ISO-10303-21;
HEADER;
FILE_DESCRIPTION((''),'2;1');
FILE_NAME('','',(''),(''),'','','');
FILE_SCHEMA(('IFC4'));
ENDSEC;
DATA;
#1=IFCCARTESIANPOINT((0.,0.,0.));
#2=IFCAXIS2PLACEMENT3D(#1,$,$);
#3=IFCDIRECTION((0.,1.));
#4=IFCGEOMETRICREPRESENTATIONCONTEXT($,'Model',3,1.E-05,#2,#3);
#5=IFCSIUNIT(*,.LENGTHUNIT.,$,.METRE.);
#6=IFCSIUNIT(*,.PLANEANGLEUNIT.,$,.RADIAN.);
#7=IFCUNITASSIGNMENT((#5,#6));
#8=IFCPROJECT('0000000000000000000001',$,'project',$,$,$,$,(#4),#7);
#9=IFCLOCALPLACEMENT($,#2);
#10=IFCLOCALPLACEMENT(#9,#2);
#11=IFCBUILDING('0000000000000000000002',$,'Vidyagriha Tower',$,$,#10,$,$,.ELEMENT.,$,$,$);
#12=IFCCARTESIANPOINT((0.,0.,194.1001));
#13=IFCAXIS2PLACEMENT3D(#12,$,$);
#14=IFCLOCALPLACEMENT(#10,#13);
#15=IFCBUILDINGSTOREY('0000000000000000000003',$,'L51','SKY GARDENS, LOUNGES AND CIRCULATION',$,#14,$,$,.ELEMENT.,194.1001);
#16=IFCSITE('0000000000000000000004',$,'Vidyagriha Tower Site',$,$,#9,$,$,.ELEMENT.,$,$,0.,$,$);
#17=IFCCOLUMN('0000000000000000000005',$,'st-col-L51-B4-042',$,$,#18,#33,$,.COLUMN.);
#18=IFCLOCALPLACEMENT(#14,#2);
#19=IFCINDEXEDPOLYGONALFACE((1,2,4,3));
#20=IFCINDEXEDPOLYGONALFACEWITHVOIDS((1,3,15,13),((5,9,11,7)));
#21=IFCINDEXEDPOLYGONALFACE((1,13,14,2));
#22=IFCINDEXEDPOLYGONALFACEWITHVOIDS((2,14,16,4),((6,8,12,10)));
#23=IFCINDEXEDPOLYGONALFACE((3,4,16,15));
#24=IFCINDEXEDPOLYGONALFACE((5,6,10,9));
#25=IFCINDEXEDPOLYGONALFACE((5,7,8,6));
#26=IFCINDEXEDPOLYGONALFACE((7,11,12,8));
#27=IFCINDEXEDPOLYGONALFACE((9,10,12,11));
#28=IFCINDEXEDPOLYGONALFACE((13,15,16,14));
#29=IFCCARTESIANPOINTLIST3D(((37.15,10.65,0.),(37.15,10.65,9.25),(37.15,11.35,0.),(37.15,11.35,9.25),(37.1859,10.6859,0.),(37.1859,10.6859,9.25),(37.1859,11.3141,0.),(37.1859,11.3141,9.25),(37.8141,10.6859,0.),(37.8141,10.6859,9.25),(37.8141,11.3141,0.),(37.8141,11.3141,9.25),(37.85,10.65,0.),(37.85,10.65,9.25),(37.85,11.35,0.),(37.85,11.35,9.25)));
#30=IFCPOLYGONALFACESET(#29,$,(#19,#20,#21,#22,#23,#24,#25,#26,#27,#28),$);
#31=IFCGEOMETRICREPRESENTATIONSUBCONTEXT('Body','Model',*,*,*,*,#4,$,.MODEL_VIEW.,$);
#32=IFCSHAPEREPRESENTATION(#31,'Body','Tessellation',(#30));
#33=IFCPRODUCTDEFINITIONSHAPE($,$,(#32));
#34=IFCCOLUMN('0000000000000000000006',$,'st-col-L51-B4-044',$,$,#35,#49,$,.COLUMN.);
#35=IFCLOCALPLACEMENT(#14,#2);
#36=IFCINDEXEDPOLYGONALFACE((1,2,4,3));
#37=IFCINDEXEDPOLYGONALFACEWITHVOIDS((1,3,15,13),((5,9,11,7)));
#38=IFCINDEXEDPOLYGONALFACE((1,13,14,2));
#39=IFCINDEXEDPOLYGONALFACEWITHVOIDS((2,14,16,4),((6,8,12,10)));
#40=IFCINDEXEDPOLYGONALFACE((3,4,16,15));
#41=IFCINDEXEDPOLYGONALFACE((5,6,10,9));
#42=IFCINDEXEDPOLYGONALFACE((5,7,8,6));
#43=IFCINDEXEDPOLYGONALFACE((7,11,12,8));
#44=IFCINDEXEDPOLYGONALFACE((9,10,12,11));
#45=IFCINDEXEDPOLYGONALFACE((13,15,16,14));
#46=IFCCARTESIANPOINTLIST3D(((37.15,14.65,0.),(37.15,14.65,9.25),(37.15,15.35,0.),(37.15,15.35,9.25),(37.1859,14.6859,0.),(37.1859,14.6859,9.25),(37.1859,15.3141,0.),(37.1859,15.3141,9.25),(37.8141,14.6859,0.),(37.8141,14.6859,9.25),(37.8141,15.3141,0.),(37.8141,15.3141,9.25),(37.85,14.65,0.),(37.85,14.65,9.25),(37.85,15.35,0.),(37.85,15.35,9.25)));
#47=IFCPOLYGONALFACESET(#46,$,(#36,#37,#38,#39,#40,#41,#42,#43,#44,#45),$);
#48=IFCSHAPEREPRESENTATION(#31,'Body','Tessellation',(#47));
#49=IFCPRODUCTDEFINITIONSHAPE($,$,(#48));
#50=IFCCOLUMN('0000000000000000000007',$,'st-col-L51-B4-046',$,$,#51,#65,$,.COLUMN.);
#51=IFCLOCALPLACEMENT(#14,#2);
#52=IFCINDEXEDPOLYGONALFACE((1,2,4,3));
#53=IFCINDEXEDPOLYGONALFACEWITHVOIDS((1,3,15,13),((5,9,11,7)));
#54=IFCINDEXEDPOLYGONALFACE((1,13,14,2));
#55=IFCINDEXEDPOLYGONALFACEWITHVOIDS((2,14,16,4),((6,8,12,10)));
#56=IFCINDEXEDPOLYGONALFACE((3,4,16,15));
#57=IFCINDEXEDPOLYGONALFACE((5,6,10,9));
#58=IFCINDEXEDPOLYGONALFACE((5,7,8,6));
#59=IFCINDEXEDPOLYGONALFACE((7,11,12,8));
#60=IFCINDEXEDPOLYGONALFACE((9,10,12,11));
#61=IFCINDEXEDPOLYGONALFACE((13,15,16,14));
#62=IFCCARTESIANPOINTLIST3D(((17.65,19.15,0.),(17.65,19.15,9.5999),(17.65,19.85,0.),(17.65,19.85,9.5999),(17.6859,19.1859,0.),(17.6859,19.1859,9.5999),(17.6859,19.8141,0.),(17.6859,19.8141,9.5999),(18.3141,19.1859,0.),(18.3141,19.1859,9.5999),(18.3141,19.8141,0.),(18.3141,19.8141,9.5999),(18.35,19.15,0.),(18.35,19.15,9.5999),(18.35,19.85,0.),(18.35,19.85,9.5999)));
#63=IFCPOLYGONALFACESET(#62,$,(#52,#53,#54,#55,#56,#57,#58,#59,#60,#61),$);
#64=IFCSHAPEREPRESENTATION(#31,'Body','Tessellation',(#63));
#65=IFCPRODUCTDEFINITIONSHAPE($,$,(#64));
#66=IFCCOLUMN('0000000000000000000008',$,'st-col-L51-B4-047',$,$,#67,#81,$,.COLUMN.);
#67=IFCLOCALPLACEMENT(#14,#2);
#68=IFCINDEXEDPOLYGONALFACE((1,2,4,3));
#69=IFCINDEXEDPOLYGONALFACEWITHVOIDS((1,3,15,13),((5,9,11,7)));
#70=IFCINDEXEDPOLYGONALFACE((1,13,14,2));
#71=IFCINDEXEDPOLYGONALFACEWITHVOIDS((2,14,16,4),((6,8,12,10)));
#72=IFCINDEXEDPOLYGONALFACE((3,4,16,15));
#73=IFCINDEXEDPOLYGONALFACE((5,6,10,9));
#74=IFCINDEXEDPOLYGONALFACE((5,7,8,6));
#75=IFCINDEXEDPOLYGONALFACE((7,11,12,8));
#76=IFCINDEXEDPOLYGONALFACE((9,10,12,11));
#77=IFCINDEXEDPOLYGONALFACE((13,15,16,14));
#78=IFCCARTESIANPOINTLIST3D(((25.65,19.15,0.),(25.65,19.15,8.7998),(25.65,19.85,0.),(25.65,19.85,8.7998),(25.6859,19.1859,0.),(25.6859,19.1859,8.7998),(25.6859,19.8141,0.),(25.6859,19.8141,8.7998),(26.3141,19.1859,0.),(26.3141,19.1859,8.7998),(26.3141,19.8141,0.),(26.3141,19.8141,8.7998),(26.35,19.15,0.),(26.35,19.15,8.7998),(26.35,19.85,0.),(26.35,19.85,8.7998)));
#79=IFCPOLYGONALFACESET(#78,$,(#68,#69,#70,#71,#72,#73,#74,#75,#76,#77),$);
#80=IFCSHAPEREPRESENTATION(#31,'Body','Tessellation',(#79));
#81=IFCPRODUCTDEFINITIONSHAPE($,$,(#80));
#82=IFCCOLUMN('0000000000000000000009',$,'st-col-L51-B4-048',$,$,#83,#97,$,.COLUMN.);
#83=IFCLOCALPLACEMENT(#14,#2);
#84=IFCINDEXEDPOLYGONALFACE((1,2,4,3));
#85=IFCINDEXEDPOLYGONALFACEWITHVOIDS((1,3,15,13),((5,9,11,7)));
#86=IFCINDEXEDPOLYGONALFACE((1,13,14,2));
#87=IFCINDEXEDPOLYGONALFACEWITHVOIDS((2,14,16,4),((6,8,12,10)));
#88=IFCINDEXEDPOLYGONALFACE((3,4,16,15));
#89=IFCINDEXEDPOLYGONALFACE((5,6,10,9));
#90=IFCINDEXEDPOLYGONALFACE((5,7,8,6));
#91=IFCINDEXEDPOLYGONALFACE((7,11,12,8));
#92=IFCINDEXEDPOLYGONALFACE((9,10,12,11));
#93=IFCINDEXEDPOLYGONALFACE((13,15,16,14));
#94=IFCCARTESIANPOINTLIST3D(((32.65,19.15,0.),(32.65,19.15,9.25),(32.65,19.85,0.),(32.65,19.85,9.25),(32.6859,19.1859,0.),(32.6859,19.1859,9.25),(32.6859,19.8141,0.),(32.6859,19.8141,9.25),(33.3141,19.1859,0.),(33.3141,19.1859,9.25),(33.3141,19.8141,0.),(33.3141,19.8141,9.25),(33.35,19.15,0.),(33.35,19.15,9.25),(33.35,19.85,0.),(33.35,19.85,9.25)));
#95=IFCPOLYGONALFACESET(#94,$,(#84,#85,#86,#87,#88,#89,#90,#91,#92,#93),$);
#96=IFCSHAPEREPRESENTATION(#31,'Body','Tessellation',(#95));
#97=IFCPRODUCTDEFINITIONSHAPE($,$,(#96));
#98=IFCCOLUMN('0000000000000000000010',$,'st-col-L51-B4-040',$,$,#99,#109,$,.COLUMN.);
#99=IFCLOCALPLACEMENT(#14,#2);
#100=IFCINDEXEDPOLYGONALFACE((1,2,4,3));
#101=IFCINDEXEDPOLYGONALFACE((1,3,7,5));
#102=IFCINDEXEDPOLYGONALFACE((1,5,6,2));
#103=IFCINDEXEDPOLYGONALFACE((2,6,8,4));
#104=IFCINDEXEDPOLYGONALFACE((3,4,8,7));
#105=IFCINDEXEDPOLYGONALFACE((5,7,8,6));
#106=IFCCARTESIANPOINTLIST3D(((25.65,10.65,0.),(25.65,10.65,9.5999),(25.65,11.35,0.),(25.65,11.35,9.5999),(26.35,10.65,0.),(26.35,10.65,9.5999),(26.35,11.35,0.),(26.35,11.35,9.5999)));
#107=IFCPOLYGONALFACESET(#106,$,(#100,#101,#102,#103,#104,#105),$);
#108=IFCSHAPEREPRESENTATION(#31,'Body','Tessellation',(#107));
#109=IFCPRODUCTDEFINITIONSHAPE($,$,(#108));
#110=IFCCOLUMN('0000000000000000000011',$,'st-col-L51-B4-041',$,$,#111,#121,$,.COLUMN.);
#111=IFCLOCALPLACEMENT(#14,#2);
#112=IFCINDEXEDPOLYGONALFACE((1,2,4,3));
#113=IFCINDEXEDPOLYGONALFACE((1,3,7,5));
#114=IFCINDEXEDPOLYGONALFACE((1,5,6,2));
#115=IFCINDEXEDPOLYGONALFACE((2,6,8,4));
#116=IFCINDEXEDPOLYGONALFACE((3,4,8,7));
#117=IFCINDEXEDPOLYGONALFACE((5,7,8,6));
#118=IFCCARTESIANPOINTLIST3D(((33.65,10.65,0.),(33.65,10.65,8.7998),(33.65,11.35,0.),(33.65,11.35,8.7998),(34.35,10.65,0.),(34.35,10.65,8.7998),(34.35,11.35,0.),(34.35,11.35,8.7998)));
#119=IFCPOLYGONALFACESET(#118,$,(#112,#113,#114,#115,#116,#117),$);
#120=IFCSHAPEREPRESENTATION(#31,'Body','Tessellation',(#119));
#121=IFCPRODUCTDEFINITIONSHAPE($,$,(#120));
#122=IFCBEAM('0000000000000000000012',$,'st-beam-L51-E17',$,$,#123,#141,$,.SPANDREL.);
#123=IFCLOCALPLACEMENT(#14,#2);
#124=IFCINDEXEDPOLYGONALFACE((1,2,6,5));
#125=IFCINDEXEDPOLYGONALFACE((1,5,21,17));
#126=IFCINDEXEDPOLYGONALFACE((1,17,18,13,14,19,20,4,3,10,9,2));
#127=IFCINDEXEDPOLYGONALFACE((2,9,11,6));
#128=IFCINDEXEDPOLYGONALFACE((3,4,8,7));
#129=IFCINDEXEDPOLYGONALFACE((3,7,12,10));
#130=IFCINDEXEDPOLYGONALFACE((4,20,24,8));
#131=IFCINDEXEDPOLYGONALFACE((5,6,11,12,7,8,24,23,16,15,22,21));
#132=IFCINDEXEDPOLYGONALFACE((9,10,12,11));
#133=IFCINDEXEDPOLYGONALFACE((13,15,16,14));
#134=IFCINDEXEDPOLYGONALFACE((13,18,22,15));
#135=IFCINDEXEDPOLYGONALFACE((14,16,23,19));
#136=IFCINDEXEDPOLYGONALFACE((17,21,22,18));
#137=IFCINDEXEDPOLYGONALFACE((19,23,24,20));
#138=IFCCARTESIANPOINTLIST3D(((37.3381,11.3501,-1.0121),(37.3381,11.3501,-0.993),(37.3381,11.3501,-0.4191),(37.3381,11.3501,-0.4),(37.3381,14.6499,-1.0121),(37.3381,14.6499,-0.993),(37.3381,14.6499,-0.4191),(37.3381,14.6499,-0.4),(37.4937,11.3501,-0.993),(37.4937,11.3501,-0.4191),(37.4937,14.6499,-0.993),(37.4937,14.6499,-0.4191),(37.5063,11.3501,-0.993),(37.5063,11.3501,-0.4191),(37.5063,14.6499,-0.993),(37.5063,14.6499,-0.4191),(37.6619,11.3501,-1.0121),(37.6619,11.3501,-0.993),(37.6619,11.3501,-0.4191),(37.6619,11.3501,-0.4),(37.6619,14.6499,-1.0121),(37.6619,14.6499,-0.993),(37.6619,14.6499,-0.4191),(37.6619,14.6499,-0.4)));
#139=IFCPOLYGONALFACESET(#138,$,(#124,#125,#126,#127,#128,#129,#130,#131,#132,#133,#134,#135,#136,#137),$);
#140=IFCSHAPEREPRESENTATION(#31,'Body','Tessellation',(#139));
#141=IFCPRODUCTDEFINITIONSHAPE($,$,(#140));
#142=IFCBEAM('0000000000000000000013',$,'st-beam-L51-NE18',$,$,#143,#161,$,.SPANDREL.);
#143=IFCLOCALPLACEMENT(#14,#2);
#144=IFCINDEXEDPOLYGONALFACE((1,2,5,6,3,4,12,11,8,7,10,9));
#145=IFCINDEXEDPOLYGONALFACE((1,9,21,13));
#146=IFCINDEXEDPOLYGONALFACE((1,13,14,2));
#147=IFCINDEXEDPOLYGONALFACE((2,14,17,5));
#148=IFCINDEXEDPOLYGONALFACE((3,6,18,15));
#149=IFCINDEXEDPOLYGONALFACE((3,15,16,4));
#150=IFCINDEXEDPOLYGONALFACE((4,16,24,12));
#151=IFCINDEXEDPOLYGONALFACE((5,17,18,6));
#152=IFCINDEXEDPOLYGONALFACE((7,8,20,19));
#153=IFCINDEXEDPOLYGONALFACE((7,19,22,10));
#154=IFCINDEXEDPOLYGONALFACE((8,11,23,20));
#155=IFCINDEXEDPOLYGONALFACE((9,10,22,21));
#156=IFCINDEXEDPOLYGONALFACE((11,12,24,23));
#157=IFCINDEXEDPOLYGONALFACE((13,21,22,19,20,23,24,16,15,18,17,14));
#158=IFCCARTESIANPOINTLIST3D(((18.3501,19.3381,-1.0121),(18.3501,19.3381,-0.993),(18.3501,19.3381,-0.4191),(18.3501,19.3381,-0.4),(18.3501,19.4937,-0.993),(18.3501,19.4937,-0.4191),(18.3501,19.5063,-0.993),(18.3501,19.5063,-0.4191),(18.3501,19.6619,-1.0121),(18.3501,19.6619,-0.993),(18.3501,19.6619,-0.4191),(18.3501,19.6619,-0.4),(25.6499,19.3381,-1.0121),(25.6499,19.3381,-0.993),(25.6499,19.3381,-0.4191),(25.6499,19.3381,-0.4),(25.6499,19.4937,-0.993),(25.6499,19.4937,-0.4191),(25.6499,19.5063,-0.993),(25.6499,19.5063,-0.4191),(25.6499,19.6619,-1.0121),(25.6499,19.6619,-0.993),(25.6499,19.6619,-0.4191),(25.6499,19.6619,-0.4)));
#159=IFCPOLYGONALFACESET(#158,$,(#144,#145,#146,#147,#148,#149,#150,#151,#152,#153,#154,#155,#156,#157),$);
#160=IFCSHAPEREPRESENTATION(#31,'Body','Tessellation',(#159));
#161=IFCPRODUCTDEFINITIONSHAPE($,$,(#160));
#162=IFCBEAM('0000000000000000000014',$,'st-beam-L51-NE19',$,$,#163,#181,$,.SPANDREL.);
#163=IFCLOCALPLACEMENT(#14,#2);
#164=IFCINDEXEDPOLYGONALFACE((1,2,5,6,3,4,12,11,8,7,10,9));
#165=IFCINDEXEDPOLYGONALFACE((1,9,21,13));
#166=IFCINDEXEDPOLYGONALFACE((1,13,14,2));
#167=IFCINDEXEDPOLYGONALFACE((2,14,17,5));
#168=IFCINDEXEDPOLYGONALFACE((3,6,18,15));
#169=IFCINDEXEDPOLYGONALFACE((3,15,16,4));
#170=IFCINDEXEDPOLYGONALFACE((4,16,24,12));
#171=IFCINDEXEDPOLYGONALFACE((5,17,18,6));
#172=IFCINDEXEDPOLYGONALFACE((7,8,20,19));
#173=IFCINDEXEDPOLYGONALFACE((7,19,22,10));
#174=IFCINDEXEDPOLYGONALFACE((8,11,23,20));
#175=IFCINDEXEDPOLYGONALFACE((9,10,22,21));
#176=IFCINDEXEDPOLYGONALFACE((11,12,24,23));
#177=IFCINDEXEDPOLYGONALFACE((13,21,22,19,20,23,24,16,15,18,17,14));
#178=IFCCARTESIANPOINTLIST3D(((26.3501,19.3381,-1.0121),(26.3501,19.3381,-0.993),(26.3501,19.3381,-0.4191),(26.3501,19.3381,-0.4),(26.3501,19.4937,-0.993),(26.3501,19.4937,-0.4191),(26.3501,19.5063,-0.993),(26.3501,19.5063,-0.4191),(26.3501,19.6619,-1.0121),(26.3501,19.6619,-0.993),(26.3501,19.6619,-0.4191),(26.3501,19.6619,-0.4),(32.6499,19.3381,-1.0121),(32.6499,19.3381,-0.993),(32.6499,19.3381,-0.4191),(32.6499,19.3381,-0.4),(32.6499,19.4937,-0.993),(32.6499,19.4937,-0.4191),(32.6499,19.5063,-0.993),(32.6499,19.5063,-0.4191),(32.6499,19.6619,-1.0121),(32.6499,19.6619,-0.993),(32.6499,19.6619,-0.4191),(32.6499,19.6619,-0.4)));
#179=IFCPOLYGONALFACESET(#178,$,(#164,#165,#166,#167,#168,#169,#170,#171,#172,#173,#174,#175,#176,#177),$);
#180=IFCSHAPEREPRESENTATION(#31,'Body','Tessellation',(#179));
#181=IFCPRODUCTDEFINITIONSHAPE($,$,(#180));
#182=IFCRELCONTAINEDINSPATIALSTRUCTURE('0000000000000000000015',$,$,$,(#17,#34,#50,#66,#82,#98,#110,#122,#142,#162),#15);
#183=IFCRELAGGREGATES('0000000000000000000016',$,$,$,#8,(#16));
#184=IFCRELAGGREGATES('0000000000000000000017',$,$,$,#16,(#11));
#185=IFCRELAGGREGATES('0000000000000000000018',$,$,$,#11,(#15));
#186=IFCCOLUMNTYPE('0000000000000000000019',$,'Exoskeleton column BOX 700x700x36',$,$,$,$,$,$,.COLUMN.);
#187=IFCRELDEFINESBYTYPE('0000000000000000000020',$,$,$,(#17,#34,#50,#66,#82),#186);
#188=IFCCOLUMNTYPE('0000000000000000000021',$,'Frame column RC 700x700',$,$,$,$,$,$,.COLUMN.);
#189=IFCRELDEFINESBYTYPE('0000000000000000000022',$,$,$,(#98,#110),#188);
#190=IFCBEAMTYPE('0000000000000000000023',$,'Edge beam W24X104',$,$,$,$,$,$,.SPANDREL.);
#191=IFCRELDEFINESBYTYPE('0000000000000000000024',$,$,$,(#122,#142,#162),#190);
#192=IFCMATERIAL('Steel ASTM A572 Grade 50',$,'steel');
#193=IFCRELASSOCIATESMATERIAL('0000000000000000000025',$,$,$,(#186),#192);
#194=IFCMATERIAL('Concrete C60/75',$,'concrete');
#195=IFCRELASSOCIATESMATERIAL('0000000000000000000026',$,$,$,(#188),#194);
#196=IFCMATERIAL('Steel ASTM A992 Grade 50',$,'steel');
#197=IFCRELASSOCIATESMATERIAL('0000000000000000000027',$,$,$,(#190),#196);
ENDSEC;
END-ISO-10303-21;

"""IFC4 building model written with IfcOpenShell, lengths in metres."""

from ifc_helpers import new_model, si_unit, direction, frame, origin, origin_2d, place, context, subcontext, project, spatial, rectangle, hollow_rectangle, i_section, extrude, material, material_profile, profile_set, type_object, element, save


model = new_model("IFC4")

# Units and contexts
model_context = context("Model", 3, precision=1e-05, world=origin(), true_north=direction((0.0, 1.0)))
body_context = subcontext(model_context, "Body", "Model", "MODEL_VIEW")
ifc_project = project(units=[si_unit("LENGTHUNIT", "METRE"), si_unit("PLANEANGLEUNIT", "RADIAN")], contexts=[model_context])

# Site, building, storey
site_placement = place(None, origin())
site = spatial("IfcSite", under=ifc_project, at=site_placement, Name="Vidyagriha Tower Site", CompositionType="ELEMENT", RefElevation=0.0)
building_placement = place(site_placement, origin())
building = spatial("IfcBuilding", under=site, at=building_placement, Name="Vidyagriha Tower", CompositionType="ELEMENT")
storey_placement = place(building_placement, frame((0.0, 0.0, 194.1001)))
storey = spatial("IfcBuildingStorey", under=building, at=storey_placement, Name="L51", Description="SKY GARDENS, LOUNGES AND CIRCULATION", CompositionType="ELEMENT", Elevation=194.1001)

# Columns
ifc_material_1 = material(Name="Steel ASTM A572 Grade 50", Category="steel")
ifc_material_profile_1 = material_profile(ifc_material_1, hollow_rectangle(XDim=0.7, YDim=0.7, WallThickness=0.0359, at=origin_2d()), Name="BOX 700x700x36")
ifc_profile_set_1 = profile_set([ifc_material_profile_1], Name="Steel ASTM A572 Grade 50")
column_type_1 = type_object("IfcColumnType", Name="Exoskeleton column BOX 700x700x36", PredefinedType="COLUMN", material=ifc_profile_set_1)
for number, where, name in (
    (1, (37.5, 11.0, 0.0), "st-col-L51-B4-042"),
    (2, (37.5, 15.0, 0.0), "st-col-L51-B4-044"),
):
    element("IfcColumn", number, at=place(storey_placement, frame(where)), inside=storey, type_object=column_type_1, Name=name, PredefinedType="COLUMN", context=body_context, shape_type="SweptSolid", body=[
        extrude(hollow_rectangle(XDim=0.7, YDim=0.7, WallThickness=0.0359, at=origin_2d()), origin(), (0.0, 0.0, 1.0), 9.25),
    ])
column_1_placement = place(storey_placement, frame((18.0, 19.5, 0.0)))
element("IfcColumn", 3, at=column_1_placement, inside=storey, type_object=column_type_1, Name="st-col-L51-B4-046", PredefinedType="COLUMN", context=body_context, shape_type="SweptSolid", body=[
    extrude(hollow_rectangle(XDim=0.7, YDim=0.7, WallThickness=0.0359, at=origin_2d()), origin(), (0.0, 0.0, 1.0), 9.5999),
])
column_2_placement = place(storey_placement, frame((26.0, 19.5, 0.0)))
element("IfcColumn", 4, at=column_2_placement, inside=storey, type_object=column_type_1, Name="st-col-L51-B4-047", PredefinedType="COLUMN", context=body_context, shape_type="SweptSolid", body=[
    extrude(hollow_rectangle(XDim=0.7, YDim=0.7, WallThickness=0.0359, at=origin_2d()), origin(), (0.0, 0.0, 1.0), 8.7998),
])
column_3_placement = place(storey_placement, frame((33.0, 19.5, 0.0)))
element("IfcColumn", 5, at=column_3_placement, inside=storey, type_object=column_type_1, Name="st-col-L51-B4-048", PredefinedType="COLUMN", context=body_context, shape_type="SweptSolid", body=[
    extrude(hollow_rectangle(XDim=0.7, YDim=0.7, WallThickness=0.0359, at=origin_2d()), origin(), (0.0, 0.0, 1.0), 9.25),
])
ifc_material_2 = material(Name="Concrete C60/75", Category="concrete")
ifc_material_profile_2 = material_profile(ifc_material_2, rectangle(XDim=0.7, YDim=0.7, at=origin_2d()), Name="RC 700x700")
ifc_profile_set_2 = profile_set([ifc_material_profile_2], Name="Concrete C60/75")
column_type_2 = type_object("IfcColumnType", Name="Frame column RC 700x700", PredefinedType="COLUMN", material=ifc_profile_set_2)
column_4_placement = place(storey_placement, frame((26.0, 11.0, 0.0)))
element("IfcColumn", 6, at=column_4_placement, inside=storey, type_object=column_type_2, Name="st-col-L51-B4-040", PredefinedType="COLUMN", context=body_context, shape_type="SweptSolid", body=[
    extrude(rectangle(XDim=0.7, YDim=0.7, at=origin_2d()), origin(), (0.0, 0.0, 1.0), 9.5999),
])
column_5_placement = place(storey_placement, frame((34.0, 11.0, 0.0)))
element("IfcColumn", 7, at=column_5_placement, inside=storey, type_object=column_type_2, Name="st-col-L51-B4-041", PredefinedType="COLUMN", context=body_context, shape_type="SweptSolid", body=[
    extrude(rectangle(XDim=0.7, YDim=0.7, at=origin_2d()), origin(), (0.0, 0.0, 1.0), 8.7998),
])

# Beams
ifc_material_3 = material(Name="Steel ASTM A992 Grade 50", Category="steel")
ifc_material_profile_3 = material_profile(ifc_material_3, i_section(OverallWidth=0.3237, OverallDepth=0.6121, WebThickness=0.0127, FlangeThickness=0.019, at=origin_2d()), Name="W24X104")
ifc_profile_set_3 = profile_set([ifc_material_profile_3], Name="Steel ASTM A992 Grade 50")
beam_type_1 = type_object("IfcBeamType", Name="Edge beam W24X104", PredefinedType="SPANDREL", material=ifc_profile_set_3)
beam_1_placement = place(storey_placement, frame((37.5, 11.3501, -0.7061), z_axis=(0.0, 1.0, 0.0), x_axis=(-1.0, 0.0, 0.0)))
element("IfcBeam", 8, at=beam_1_placement, inside=storey, type_object=beam_type_1, Name="st-beam-L51-E17", PredefinedType="SPANDREL", context=body_context, shape_type="SweptSolid", body=[
    extrude(i_section(OverallWidth=0.3237, OverallDepth=0.6121, WebThickness=0.0127, FlangeThickness=0.019, at=origin_2d()), origin(), (0.0, 0.0, 1.0), 3.2998),
])
beam_2_placement = place(storey_placement, frame((18.3501, 19.5, -0.7061), z_axis=(1.0, 0.0, 0.0), x_axis=(0.0, 1.0, 0.0)))
element("IfcBeam", 9, at=beam_2_placement, inside=storey, type_object=beam_type_1, Name="st-beam-L51-NE18", PredefinedType="SPANDREL", context=body_context, shape_type="SweptSolid", body=[
    extrude(i_section(OverallWidth=0.3237, OverallDepth=0.6121, WebThickness=0.0127, FlangeThickness=0.019, at=origin_2d()), origin(), (0.0, 0.0, 1.0), 7.2998),
])
beam_3_placement = place(storey_placement, frame((26.3501, 19.5, -0.7061), z_axis=(1.0, 0.0, 0.0), x_axis=(0.0, 1.0, 0.0)))
element("IfcBeam", 10, at=beam_3_placement, inside=storey, type_object=beam_type_1, Name="st-beam-L51-NE19", PredefinedType="SPANDREL", context=body_context, shape_type="SweptSolid", body=[
    extrude(i_section(OverallWidth=0.3237, OverallDepth=0.6121, WebThickness=0.0127, FlangeThickness=0.019, at=origin_2d()), origin(), (0.0, 0.0, 1.0), 6.2998),
])

save(model, "model.ifc")
